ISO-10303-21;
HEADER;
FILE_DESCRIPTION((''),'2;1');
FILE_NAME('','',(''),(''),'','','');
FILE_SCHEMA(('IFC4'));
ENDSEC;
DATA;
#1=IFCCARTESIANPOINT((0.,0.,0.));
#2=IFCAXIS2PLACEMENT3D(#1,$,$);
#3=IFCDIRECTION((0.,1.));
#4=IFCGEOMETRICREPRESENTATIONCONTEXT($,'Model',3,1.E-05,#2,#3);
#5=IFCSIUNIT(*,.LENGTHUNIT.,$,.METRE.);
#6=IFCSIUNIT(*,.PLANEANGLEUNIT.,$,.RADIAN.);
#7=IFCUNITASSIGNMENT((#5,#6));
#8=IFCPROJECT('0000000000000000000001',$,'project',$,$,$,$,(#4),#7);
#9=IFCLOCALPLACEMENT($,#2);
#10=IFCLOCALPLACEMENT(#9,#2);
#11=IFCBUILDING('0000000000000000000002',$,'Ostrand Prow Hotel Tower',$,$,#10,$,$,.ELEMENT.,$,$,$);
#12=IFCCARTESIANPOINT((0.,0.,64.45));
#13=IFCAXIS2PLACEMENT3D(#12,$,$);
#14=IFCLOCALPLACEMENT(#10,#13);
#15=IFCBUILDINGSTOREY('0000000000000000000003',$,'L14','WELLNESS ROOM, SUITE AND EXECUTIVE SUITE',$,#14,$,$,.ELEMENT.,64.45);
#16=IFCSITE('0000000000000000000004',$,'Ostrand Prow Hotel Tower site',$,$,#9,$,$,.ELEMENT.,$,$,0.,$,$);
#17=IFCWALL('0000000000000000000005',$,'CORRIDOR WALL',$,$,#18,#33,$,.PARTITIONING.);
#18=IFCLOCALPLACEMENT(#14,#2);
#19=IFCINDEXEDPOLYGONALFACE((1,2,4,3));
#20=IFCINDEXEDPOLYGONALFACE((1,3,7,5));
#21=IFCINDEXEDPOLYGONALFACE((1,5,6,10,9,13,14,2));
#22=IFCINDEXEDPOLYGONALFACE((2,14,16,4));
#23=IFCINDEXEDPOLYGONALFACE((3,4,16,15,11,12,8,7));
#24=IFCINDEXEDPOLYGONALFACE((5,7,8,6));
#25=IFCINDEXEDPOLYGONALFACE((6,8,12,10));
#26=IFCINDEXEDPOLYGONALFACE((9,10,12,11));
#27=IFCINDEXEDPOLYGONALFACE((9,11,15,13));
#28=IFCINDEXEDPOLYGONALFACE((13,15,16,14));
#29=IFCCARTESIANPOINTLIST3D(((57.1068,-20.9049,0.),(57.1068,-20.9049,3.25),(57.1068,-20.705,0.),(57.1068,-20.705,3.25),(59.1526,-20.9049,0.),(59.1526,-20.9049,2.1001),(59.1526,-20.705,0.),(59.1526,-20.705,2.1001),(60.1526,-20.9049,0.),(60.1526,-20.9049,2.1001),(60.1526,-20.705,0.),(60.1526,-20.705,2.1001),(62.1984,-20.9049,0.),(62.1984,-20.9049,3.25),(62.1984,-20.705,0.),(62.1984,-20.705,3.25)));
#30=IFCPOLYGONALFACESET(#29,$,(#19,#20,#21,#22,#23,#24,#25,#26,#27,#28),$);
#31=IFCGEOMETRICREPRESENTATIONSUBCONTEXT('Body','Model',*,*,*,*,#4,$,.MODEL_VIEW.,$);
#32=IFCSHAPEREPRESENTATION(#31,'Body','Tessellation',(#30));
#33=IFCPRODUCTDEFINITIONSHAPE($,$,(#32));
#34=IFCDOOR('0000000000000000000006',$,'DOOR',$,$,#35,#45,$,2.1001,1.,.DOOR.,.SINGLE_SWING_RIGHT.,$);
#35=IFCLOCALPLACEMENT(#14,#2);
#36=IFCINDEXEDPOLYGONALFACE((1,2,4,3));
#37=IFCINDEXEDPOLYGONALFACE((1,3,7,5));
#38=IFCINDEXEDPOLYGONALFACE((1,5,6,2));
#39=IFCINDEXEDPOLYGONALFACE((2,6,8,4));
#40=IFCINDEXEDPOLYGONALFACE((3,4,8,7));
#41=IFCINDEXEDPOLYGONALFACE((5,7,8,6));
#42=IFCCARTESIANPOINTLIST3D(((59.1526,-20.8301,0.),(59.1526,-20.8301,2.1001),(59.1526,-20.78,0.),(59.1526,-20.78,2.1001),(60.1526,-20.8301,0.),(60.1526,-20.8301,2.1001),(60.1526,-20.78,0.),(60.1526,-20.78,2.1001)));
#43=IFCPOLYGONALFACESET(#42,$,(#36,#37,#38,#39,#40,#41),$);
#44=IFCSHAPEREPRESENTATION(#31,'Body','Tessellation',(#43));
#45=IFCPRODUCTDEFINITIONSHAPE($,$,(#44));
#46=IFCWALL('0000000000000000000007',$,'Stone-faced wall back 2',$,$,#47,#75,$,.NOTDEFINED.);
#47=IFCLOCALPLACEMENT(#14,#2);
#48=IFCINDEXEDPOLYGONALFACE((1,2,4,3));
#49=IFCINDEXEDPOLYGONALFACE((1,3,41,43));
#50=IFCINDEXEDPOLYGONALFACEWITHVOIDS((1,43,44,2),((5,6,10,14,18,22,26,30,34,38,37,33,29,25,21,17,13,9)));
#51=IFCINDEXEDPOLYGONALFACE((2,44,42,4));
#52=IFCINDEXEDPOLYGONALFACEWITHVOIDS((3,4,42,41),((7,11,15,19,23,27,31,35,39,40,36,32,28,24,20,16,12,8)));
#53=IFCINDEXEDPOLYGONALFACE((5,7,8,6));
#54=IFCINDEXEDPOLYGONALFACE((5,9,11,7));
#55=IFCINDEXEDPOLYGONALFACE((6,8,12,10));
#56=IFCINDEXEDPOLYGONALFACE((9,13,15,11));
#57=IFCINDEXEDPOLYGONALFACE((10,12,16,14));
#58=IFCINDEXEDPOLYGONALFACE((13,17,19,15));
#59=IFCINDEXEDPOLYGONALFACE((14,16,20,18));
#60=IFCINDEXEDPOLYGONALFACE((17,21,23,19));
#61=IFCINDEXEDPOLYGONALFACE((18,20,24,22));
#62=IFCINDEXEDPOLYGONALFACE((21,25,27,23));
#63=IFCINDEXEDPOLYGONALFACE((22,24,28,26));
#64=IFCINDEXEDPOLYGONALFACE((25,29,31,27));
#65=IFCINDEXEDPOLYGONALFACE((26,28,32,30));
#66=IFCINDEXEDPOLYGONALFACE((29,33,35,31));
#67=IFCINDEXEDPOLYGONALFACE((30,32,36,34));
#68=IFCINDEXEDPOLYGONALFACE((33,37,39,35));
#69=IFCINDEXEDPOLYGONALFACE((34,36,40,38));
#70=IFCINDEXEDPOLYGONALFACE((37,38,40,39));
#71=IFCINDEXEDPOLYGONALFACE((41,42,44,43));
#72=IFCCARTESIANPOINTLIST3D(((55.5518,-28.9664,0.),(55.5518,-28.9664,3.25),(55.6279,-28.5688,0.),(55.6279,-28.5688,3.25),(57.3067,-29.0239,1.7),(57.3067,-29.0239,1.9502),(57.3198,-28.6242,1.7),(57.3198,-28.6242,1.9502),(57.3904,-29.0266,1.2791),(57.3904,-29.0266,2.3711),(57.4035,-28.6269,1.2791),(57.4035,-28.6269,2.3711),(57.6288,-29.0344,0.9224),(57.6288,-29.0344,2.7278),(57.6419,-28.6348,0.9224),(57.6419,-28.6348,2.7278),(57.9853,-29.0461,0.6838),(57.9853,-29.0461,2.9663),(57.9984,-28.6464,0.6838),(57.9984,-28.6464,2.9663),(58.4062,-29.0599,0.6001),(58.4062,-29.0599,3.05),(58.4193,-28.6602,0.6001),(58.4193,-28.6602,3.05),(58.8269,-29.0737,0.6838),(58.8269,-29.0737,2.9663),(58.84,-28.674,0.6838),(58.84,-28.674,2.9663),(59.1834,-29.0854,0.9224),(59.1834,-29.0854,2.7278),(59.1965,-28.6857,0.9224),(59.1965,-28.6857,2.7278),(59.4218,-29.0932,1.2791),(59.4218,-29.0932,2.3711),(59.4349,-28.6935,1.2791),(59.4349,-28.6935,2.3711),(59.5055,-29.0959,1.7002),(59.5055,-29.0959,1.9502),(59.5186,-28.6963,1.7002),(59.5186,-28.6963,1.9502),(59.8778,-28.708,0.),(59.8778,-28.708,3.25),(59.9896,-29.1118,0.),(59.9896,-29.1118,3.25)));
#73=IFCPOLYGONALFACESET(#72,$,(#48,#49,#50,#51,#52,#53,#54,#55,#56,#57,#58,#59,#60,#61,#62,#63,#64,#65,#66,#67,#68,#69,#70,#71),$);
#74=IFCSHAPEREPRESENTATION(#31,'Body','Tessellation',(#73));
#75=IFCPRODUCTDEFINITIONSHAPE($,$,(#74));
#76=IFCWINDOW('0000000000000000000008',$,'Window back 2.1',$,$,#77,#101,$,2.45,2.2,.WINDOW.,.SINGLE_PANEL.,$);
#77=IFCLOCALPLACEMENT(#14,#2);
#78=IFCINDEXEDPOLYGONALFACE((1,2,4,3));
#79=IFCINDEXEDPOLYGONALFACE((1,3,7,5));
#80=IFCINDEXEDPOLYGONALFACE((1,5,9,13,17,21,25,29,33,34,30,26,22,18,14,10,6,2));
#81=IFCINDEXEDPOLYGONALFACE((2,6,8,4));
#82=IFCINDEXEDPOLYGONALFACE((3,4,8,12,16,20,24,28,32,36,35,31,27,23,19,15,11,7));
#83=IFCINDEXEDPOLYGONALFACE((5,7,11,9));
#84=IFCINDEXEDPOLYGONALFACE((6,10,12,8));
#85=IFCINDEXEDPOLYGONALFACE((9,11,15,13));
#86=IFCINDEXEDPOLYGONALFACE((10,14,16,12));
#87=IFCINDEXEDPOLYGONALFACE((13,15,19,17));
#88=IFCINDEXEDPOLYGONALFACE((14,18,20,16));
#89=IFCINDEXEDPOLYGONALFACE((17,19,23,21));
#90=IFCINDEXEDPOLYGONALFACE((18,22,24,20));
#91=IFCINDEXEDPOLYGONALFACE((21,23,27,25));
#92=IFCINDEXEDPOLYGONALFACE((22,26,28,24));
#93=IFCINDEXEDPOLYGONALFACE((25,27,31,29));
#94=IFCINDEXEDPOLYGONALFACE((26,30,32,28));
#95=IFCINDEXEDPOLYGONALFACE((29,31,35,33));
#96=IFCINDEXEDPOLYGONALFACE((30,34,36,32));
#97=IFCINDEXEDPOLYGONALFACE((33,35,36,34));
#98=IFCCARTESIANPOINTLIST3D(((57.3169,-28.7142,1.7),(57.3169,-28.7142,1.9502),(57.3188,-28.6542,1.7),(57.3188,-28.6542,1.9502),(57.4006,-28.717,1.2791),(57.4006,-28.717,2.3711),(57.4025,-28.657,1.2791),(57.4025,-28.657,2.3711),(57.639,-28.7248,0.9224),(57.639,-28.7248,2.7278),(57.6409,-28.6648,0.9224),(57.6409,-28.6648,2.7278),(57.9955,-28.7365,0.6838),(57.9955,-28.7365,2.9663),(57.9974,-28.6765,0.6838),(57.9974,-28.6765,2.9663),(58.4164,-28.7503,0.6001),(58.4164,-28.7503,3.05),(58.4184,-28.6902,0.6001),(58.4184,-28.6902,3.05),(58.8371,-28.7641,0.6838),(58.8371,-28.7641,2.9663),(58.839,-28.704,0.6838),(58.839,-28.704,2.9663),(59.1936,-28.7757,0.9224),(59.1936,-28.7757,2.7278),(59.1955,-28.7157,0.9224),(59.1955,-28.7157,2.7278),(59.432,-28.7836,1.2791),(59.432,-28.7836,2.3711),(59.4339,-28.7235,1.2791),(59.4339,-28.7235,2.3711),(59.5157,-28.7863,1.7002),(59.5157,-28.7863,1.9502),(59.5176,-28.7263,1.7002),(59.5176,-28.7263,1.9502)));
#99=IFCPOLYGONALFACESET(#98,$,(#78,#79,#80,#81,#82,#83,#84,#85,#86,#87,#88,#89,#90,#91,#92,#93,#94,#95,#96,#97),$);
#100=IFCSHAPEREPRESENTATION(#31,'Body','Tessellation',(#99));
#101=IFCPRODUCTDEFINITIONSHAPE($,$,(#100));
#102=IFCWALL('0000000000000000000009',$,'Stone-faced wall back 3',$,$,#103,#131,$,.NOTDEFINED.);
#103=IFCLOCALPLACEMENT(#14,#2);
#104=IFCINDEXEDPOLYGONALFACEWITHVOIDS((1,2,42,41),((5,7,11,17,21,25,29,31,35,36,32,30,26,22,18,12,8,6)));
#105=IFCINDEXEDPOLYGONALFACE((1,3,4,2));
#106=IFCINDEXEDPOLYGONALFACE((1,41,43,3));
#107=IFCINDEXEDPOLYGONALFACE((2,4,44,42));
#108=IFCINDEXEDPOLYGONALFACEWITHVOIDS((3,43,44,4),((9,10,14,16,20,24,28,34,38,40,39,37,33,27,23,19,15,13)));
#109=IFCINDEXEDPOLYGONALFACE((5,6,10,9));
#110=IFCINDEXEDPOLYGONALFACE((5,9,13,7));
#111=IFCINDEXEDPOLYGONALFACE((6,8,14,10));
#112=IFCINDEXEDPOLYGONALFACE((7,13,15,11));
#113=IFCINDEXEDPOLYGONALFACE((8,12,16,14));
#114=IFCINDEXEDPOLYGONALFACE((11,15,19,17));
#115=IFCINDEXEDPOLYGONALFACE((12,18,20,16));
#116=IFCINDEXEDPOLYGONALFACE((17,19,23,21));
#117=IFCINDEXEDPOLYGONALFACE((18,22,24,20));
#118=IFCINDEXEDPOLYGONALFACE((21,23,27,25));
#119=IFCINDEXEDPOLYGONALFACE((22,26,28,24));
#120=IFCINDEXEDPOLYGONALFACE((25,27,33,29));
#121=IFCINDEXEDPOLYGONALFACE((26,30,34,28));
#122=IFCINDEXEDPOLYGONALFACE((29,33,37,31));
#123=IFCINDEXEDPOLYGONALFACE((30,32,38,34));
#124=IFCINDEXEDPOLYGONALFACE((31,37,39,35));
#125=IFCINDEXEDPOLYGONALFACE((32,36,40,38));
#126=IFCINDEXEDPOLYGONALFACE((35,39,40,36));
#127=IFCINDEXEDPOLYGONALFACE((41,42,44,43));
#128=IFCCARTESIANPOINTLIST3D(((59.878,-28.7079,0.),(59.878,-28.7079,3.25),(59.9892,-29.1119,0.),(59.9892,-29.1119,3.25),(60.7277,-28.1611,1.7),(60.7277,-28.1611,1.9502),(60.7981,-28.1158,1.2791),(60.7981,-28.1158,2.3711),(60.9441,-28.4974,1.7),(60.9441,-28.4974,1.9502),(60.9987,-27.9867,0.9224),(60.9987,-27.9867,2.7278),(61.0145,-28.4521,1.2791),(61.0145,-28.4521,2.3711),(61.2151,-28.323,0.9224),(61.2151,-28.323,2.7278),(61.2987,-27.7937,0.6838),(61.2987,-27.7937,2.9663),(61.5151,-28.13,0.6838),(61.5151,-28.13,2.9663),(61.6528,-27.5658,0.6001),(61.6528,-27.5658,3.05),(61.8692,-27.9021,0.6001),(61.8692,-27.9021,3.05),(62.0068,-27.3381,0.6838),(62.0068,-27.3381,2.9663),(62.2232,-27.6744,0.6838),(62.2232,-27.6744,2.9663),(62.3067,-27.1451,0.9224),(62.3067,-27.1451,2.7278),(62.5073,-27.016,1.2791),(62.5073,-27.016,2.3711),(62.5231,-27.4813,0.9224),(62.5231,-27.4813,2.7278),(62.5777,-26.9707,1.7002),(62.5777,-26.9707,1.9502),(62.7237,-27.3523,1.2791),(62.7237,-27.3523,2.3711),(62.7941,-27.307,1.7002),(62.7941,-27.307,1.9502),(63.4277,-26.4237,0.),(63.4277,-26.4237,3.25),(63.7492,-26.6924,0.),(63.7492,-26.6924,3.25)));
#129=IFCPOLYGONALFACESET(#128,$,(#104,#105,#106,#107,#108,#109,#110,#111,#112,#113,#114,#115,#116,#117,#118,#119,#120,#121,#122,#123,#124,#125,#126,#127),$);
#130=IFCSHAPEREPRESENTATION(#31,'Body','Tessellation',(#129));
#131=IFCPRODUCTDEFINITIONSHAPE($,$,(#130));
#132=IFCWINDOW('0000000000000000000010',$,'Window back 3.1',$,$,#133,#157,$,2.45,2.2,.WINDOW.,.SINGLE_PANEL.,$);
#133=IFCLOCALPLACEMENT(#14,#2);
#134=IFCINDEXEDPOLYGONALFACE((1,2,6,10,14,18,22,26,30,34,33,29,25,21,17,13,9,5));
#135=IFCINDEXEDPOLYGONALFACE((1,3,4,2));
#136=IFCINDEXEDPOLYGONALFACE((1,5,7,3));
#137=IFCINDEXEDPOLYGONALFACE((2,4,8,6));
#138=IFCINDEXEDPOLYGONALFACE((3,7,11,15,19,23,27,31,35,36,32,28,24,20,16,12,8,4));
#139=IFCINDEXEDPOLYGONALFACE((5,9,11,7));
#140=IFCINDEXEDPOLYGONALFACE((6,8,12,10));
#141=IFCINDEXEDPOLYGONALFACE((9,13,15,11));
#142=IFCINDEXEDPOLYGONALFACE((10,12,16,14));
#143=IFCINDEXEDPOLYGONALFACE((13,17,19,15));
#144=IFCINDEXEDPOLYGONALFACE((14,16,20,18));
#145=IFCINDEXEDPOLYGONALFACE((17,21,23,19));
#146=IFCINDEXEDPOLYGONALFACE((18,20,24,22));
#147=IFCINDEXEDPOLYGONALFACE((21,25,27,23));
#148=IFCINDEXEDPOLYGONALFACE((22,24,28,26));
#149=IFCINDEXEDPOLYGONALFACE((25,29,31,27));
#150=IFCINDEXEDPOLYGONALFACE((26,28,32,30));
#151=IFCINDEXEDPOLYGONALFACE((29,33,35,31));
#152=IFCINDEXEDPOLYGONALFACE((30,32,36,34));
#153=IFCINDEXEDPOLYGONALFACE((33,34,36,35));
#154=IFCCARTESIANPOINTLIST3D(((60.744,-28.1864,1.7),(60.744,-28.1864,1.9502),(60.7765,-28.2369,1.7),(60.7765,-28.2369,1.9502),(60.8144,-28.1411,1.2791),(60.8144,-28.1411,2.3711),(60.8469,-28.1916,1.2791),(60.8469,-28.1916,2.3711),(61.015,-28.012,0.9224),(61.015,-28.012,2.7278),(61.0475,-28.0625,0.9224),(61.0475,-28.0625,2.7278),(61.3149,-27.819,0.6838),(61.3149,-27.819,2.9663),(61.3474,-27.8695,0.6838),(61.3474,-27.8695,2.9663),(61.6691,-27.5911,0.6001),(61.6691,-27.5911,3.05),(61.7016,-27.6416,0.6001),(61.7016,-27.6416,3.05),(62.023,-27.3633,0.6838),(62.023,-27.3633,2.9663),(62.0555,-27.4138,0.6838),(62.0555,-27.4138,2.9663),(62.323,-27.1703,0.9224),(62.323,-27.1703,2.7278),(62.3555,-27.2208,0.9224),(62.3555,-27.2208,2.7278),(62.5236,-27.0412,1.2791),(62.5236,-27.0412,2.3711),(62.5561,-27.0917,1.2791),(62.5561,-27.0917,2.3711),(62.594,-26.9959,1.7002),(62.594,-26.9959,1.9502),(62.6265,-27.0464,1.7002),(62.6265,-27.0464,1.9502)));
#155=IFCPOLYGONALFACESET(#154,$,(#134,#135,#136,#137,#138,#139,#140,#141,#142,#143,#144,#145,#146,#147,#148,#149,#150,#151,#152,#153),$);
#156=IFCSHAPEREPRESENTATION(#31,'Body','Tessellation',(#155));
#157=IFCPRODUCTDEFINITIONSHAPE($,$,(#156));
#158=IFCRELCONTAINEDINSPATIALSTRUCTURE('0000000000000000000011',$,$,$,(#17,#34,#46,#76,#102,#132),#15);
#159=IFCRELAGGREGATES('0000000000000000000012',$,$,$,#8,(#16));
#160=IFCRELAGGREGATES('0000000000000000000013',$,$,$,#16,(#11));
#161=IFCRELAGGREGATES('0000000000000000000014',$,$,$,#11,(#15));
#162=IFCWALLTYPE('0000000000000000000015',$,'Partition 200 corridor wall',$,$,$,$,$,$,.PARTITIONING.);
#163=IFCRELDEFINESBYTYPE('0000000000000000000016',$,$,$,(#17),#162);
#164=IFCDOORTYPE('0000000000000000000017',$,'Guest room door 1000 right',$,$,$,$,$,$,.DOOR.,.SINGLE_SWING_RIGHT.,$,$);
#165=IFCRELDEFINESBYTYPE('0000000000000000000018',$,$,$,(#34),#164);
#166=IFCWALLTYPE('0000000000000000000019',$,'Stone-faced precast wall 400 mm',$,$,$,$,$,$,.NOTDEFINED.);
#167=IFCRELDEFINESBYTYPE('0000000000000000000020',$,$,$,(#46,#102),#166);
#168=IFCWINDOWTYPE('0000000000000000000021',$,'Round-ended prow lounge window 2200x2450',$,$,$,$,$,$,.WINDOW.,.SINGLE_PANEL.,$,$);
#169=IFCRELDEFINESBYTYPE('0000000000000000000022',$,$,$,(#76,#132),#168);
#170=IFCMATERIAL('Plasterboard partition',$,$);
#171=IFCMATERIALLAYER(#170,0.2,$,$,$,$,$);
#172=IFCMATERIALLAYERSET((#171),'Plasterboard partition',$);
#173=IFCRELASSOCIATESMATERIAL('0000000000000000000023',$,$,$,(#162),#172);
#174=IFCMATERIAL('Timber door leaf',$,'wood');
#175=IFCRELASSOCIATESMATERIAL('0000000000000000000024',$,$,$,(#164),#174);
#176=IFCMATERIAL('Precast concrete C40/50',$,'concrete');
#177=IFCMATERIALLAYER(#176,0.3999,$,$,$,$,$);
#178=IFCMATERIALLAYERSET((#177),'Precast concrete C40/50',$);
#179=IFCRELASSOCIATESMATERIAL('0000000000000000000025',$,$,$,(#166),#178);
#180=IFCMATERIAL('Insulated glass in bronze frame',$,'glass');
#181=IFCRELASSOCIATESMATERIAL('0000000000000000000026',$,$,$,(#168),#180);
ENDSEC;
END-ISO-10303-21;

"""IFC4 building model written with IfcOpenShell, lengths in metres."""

from ifc_helpers import new_model, si_unit, direction, frame, frame_2d, origin, place, context, subcontext, project, spatial, polyline, rectangle, outline, extrude, material, layer, layer_set, type_object, element, fill, save


model = new_model("IFC4")

# Units and contexts
model_context = context("Model", 3, precision=1e-05, world=origin(), true_north=direction((0.0, 1.0)))
body_context = subcontext(model_context, "Body", "Model", "MODEL_VIEW")
ifc_project = project(units=[si_unit("LENGTHUNIT", "METRE"), si_unit("PLANEANGLEUNIT", "RADIAN")], contexts=[model_context])

# Site, building, storey
site_placement = place(None, origin())
site = spatial("IfcSite", under=ifc_project, at=site_placement, Name="Ostrand Prow Hotel Tower site", CompositionType="ELEMENT", RefElevation=0.0)
building_placement = place(site_placement, origin())
building = spatial("IfcBuilding", under=site, at=building_placement, Name="Ostrand Prow Hotel Tower", CompositionType="ELEMENT")
storey_placement = place(building_placement, frame((0.0, 0.0, 64.45)))
storey = spatial("IfcBuildingStorey", under=building, at=storey_placement, Name="L14", Description="WELLNESS ROOM, SUITE AND EXECUTIVE SUITE", CompositionType="ELEMENT", Elevation=64.45)

# Wall, opening, door
ifc_material_1 = material(Name="Plasterboard partition")
ifc_layer_1 = layer(ifc_material_1, 0.2)
ifc_layer_set_1 = layer_set([ifc_layer_1], Name="Plasterboard partition")
wall_type_1 = type_object("IfcWallType", Name="Partition 200 corridor wall", PredefinedType="PARTITIONING", material=ifc_layer_set_1)
wall_1_placement = place(storey_placement, frame((57.1067, -20.8049, 0.0), z_axis=(0.0, 0.0, 1.0), x_axis=(1.0, 0.0, 0.0)))
wall_1 = element("IfcWall", 1, at=wall_1_placement, inside=storey, type_object=wall_type_1, Name="CORRIDOR WALL", PredefinedType="PARTITIONING", context=body_context, shape_type="SweptSolid", body=[
    extrude(rectangle(XDim=5.0916, YDim=0.2, at=frame_2d((2.5459, 0.0))), origin(), (0.0, 0.0, 1.0), 3.25),
])
opening_1_placement = place(wall_1_placement, frame((2.0459, 0.0, 0.0)))
opening_1 = element("IfcOpeningElement", 2, at=opening_1_placement, cuts=wall_1, PredefinedType="OPENING", context=body_context, shape_type="SweptSolid", body=[
    extrude(rectangle(XDim=1.0, YDim=2.1001, at=frame_2d((0.5, 1.05))), frame((0.0, 0.1099, 0.0), z_axis=(0.0, -1.0, 0.0), x_axis=(1.0, 0.0, 0.0)), (0.0, 0.0, 1.0), 0.22),
])
ifc_material_2 = material(Name="Timber door leaf", Category="wood")
door_type_1 = type_object("IfcDoorType", Name="Guest room door 1000 right", OperationType="SINGLE_SWING_RIGHT", PredefinedType="DOOR", material=ifc_material_2)
door_1_placement = place(opening_1_placement, origin())
door_1 = element("IfcDoor", 3, at=door_1_placement, inside=storey, type_object=door_type_1, Name="DOOR", OperationType="SINGLE_SWING_RIGHT", OverallHeight=2.1001, OverallWidth=1.0, PredefinedType="DOOR", context=body_context, shape_type="SweptSolid", body=[
    extrude(rectangle(XDim=1.0, YDim=2.1001, at=frame_2d((0.5, 1.05))), frame((0.0, 0.0249, 0.0), z_axis=(0.0, -1.0, 0.0), x_axis=(1.0, 0.0, 0.0)), (0.0, 0.0, 1.0), 0.05),
])
fill(opening_1, door_1)

# Walls, openings, windows
ifc_material_3 = material(Name="Precast concrete C40/50", Category="concrete")
ifc_layer_2 = layer(ifc_material_3, 0.3999)
ifc_layer_set_2 = layer_set([ifc_layer_2], Name="Precast concrete C40/50")
wall_type_2 = type_object("IfcWallType", Name="Stone-faced precast wall 400 mm", PredefinedType="NOTDEFINED", material=ifc_layer_set_2)
wall_2_placement = place(storey_placement, frame((55.5898, -28.7676, 0.0), z_axis=(0.0, 0.0, 1.0), x_axis=(0.999464, -0.03275, 0.0)))
wall_2 = element("IfcWall", 4, at=wall_2_placement, inside=storey, type_object=wall_type_2, Name="Stone-faced wall back 2", PredefinedType="NOTDEFINED", context=body_context, shape_type="SweptSolid", body=[
    extrude(outline(polyline([(-0.0315, -0.2), (4.4087, -0.2), (4.2837, 0.2), (0.0315, 0.2), (-0.0315, -0.2)])), origin(), (0.0, 0.0, 1.0), 3.25),
])
opening_2_placement = place(wall_2_placement, frame((1.7244, 0.0, 0.6001)))
opening_2 = element("IfcOpeningElement", 5, at=opening_2_placement, cuts=wall_2, PredefinedType="OPENING", context=body_context, shape_type="SweptSolid", body=[
    extrude(outline(polyline([(0.0, 1.3501), (0.0837, 1.771), (0.3223, 2.1277), (0.679, 2.3662), (1.1001, 2.45), (1.521, 2.3662), (1.8777, 2.1277), (2.1162, 1.771), (2.2, 1.3501), (2.2, 1.1001), (2.1162, 0.679), (1.8777, 0.3223), (1.521, 0.0837), (1.1001, 0.0), (0.679, 0.0837), (0.3223, 0.3223), (0.0837, 0.679), (0.0, 1.0999), (0.0, 1.3501)])), frame((0.0, 0.21, 0.0), z_axis=(0.0, -1.0, 0.0), x_axis=(1.0, 0.0, 0.0)), (0.0, 0.0, 1.0), 0.4199),
])
ifc_material_4 = material(Name="Insulated glass in bronze frame", Category="glass")
window_type_1 = type_object("IfcWindowType", Name="Round-ended prow lounge window 2200x2450", PartitioningType="SINGLE_PANEL", PredefinedType="WINDOW", material=ifc_material_4)
window_1_placement = place(opening_2_placement, origin())
window_1 = element("IfcWindow", 6, at=window_1_placement, inside=storey, type_object=window_type_1, Name="Window back 2.1", OverallHeight=2.45, OverallWidth=2.2, PartitioningType="SINGLE_PANEL", PredefinedType="WINDOW", context=body_context, shape_type="SweptSolid", body=[
    extrude(outline(polyline([(0.0, 1.3501), (0.0837, 1.771), (0.3223, 2.1277), (0.679, 2.3662), (1.1001, 2.45), (1.521, 2.3662), (1.8777, 2.1277), (2.1162, 1.771), (2.2, 1.3501), (2.2, 1.1001), (2.1162, 0.679), (1.8777, 0.3223), (1.521, 0.0837), (1.1001, 0.0), (0.679, 0.0837), (0.3223, 0.3223), (0.0837, 0.679), (0.0, 1.0999), (0.0, 1.3501)])), frame((0.0, 0.1699, 0.0), z_axis=(0.0, -1.0, 0.0), x_axis=(1.0, 0.0, 0.0)), (0.0, 0.0, 1.0), 0.0601),
])
fill(opening_2, window_1)
wall_3_placement = place(storey_placement, frame((59.9336, -28.9099, 0.0), z_axis=(0.0, 0.0, 1.0), x_axis=(0.840937, 0.541132, 0.0)))
wall_3 = element("IfcWall", 7, at=wall_3_placement, inside=storey, type_object=wall_type_2, Name="Stone-faced wall back 3", PredefinedType="NOTDEFINED", context=body_context, shape_type="SweptSolid", body=[
    extrude(outline(polyline([(-0.0625, -0.2), (4.4087, -0.2), (4.2837, 0.2), (0.0625, 0.2), (-0.0625, -0.2)])), origin(), (0.0, 0.0, 1.0), 3.25),
])
opening_3_placement = place(wall_3_placement, frame((1.073, 0.0, 0.6001)))
opening_3 = element("IfcOpeningElement", 8, at=opening_3_placement, cuts=wall_3, PredefinedType="OPENING", context=body_context, shape_type="SweptSolid", body=[
    extrude(outline(polyline([(0.0, 1.3501), (0.0837, 1.771), (0.3223, 2.1277), (0.679, 2.3662), (1.1001, 2.45), (1.521, 2.3662), (1.8777, 2.1277), (2.1162, 1.771), (2.2, 1.3501), (2.2, 1.1001), (2.1162, 0.679), (1.8777, 0.3223), (1.521, 0.0837), (1.1001, 0.0), (0.679, 0.0837), (0.3223, 0.3223), (0.0837, 0.679), (0.0, 1.0999), (0.0, 1.3501)])), frame((0.0, 0.21, 0.0), z_axis=(0.0, -1.0, 0.0), x_axis=(1.0, 0.0, 0.0)), (0.0, 0.0, 1.0), 0.4199),
])
window_2_placement = place(opening_3_placement, origin())
window_2 = element("IfcWindow", 9, at=window_2_placement, inside=storey, type_object=window_type_1, Name="Window back 3.1", OverallHeight=2.45, OverallWidth=2.2, PartitioningType="SINGLE_PANEL", PredefinedType="WINDOW", context=body_context, shape_type="SweptSolid", body=[
    extrude(outline(polyline([(0.0, 1.3501), (0.0837, 1.771), (0.3223, 2.1277), (0.679, 2.3662), (1.1001, 2.45), (1.521, 2.3662), (1.8777, 2.1277), (2.1162, 1.771), (2.2, 1.3501), (2.2, 1.1001), (2.1162, 0.679), (1.8777, 0.3223), (1.521, 0.0837), (1.1001, 0.0), (0.679, 0.0837), (0.3223, 0.3223), (0.0837, 0.679), (0.0, 1.0999), (0.0, 1.3501)])), frame((0.0, 0.1699, 0.0), z_axis=(0.0, -1.0, 0.0), x_axis=(1.0, 0.0, 0.0)), (0.0, 0.0, 1.0), 0.0601),
])
fill(opening_3, window_2)

save(model, "model.ifc")
